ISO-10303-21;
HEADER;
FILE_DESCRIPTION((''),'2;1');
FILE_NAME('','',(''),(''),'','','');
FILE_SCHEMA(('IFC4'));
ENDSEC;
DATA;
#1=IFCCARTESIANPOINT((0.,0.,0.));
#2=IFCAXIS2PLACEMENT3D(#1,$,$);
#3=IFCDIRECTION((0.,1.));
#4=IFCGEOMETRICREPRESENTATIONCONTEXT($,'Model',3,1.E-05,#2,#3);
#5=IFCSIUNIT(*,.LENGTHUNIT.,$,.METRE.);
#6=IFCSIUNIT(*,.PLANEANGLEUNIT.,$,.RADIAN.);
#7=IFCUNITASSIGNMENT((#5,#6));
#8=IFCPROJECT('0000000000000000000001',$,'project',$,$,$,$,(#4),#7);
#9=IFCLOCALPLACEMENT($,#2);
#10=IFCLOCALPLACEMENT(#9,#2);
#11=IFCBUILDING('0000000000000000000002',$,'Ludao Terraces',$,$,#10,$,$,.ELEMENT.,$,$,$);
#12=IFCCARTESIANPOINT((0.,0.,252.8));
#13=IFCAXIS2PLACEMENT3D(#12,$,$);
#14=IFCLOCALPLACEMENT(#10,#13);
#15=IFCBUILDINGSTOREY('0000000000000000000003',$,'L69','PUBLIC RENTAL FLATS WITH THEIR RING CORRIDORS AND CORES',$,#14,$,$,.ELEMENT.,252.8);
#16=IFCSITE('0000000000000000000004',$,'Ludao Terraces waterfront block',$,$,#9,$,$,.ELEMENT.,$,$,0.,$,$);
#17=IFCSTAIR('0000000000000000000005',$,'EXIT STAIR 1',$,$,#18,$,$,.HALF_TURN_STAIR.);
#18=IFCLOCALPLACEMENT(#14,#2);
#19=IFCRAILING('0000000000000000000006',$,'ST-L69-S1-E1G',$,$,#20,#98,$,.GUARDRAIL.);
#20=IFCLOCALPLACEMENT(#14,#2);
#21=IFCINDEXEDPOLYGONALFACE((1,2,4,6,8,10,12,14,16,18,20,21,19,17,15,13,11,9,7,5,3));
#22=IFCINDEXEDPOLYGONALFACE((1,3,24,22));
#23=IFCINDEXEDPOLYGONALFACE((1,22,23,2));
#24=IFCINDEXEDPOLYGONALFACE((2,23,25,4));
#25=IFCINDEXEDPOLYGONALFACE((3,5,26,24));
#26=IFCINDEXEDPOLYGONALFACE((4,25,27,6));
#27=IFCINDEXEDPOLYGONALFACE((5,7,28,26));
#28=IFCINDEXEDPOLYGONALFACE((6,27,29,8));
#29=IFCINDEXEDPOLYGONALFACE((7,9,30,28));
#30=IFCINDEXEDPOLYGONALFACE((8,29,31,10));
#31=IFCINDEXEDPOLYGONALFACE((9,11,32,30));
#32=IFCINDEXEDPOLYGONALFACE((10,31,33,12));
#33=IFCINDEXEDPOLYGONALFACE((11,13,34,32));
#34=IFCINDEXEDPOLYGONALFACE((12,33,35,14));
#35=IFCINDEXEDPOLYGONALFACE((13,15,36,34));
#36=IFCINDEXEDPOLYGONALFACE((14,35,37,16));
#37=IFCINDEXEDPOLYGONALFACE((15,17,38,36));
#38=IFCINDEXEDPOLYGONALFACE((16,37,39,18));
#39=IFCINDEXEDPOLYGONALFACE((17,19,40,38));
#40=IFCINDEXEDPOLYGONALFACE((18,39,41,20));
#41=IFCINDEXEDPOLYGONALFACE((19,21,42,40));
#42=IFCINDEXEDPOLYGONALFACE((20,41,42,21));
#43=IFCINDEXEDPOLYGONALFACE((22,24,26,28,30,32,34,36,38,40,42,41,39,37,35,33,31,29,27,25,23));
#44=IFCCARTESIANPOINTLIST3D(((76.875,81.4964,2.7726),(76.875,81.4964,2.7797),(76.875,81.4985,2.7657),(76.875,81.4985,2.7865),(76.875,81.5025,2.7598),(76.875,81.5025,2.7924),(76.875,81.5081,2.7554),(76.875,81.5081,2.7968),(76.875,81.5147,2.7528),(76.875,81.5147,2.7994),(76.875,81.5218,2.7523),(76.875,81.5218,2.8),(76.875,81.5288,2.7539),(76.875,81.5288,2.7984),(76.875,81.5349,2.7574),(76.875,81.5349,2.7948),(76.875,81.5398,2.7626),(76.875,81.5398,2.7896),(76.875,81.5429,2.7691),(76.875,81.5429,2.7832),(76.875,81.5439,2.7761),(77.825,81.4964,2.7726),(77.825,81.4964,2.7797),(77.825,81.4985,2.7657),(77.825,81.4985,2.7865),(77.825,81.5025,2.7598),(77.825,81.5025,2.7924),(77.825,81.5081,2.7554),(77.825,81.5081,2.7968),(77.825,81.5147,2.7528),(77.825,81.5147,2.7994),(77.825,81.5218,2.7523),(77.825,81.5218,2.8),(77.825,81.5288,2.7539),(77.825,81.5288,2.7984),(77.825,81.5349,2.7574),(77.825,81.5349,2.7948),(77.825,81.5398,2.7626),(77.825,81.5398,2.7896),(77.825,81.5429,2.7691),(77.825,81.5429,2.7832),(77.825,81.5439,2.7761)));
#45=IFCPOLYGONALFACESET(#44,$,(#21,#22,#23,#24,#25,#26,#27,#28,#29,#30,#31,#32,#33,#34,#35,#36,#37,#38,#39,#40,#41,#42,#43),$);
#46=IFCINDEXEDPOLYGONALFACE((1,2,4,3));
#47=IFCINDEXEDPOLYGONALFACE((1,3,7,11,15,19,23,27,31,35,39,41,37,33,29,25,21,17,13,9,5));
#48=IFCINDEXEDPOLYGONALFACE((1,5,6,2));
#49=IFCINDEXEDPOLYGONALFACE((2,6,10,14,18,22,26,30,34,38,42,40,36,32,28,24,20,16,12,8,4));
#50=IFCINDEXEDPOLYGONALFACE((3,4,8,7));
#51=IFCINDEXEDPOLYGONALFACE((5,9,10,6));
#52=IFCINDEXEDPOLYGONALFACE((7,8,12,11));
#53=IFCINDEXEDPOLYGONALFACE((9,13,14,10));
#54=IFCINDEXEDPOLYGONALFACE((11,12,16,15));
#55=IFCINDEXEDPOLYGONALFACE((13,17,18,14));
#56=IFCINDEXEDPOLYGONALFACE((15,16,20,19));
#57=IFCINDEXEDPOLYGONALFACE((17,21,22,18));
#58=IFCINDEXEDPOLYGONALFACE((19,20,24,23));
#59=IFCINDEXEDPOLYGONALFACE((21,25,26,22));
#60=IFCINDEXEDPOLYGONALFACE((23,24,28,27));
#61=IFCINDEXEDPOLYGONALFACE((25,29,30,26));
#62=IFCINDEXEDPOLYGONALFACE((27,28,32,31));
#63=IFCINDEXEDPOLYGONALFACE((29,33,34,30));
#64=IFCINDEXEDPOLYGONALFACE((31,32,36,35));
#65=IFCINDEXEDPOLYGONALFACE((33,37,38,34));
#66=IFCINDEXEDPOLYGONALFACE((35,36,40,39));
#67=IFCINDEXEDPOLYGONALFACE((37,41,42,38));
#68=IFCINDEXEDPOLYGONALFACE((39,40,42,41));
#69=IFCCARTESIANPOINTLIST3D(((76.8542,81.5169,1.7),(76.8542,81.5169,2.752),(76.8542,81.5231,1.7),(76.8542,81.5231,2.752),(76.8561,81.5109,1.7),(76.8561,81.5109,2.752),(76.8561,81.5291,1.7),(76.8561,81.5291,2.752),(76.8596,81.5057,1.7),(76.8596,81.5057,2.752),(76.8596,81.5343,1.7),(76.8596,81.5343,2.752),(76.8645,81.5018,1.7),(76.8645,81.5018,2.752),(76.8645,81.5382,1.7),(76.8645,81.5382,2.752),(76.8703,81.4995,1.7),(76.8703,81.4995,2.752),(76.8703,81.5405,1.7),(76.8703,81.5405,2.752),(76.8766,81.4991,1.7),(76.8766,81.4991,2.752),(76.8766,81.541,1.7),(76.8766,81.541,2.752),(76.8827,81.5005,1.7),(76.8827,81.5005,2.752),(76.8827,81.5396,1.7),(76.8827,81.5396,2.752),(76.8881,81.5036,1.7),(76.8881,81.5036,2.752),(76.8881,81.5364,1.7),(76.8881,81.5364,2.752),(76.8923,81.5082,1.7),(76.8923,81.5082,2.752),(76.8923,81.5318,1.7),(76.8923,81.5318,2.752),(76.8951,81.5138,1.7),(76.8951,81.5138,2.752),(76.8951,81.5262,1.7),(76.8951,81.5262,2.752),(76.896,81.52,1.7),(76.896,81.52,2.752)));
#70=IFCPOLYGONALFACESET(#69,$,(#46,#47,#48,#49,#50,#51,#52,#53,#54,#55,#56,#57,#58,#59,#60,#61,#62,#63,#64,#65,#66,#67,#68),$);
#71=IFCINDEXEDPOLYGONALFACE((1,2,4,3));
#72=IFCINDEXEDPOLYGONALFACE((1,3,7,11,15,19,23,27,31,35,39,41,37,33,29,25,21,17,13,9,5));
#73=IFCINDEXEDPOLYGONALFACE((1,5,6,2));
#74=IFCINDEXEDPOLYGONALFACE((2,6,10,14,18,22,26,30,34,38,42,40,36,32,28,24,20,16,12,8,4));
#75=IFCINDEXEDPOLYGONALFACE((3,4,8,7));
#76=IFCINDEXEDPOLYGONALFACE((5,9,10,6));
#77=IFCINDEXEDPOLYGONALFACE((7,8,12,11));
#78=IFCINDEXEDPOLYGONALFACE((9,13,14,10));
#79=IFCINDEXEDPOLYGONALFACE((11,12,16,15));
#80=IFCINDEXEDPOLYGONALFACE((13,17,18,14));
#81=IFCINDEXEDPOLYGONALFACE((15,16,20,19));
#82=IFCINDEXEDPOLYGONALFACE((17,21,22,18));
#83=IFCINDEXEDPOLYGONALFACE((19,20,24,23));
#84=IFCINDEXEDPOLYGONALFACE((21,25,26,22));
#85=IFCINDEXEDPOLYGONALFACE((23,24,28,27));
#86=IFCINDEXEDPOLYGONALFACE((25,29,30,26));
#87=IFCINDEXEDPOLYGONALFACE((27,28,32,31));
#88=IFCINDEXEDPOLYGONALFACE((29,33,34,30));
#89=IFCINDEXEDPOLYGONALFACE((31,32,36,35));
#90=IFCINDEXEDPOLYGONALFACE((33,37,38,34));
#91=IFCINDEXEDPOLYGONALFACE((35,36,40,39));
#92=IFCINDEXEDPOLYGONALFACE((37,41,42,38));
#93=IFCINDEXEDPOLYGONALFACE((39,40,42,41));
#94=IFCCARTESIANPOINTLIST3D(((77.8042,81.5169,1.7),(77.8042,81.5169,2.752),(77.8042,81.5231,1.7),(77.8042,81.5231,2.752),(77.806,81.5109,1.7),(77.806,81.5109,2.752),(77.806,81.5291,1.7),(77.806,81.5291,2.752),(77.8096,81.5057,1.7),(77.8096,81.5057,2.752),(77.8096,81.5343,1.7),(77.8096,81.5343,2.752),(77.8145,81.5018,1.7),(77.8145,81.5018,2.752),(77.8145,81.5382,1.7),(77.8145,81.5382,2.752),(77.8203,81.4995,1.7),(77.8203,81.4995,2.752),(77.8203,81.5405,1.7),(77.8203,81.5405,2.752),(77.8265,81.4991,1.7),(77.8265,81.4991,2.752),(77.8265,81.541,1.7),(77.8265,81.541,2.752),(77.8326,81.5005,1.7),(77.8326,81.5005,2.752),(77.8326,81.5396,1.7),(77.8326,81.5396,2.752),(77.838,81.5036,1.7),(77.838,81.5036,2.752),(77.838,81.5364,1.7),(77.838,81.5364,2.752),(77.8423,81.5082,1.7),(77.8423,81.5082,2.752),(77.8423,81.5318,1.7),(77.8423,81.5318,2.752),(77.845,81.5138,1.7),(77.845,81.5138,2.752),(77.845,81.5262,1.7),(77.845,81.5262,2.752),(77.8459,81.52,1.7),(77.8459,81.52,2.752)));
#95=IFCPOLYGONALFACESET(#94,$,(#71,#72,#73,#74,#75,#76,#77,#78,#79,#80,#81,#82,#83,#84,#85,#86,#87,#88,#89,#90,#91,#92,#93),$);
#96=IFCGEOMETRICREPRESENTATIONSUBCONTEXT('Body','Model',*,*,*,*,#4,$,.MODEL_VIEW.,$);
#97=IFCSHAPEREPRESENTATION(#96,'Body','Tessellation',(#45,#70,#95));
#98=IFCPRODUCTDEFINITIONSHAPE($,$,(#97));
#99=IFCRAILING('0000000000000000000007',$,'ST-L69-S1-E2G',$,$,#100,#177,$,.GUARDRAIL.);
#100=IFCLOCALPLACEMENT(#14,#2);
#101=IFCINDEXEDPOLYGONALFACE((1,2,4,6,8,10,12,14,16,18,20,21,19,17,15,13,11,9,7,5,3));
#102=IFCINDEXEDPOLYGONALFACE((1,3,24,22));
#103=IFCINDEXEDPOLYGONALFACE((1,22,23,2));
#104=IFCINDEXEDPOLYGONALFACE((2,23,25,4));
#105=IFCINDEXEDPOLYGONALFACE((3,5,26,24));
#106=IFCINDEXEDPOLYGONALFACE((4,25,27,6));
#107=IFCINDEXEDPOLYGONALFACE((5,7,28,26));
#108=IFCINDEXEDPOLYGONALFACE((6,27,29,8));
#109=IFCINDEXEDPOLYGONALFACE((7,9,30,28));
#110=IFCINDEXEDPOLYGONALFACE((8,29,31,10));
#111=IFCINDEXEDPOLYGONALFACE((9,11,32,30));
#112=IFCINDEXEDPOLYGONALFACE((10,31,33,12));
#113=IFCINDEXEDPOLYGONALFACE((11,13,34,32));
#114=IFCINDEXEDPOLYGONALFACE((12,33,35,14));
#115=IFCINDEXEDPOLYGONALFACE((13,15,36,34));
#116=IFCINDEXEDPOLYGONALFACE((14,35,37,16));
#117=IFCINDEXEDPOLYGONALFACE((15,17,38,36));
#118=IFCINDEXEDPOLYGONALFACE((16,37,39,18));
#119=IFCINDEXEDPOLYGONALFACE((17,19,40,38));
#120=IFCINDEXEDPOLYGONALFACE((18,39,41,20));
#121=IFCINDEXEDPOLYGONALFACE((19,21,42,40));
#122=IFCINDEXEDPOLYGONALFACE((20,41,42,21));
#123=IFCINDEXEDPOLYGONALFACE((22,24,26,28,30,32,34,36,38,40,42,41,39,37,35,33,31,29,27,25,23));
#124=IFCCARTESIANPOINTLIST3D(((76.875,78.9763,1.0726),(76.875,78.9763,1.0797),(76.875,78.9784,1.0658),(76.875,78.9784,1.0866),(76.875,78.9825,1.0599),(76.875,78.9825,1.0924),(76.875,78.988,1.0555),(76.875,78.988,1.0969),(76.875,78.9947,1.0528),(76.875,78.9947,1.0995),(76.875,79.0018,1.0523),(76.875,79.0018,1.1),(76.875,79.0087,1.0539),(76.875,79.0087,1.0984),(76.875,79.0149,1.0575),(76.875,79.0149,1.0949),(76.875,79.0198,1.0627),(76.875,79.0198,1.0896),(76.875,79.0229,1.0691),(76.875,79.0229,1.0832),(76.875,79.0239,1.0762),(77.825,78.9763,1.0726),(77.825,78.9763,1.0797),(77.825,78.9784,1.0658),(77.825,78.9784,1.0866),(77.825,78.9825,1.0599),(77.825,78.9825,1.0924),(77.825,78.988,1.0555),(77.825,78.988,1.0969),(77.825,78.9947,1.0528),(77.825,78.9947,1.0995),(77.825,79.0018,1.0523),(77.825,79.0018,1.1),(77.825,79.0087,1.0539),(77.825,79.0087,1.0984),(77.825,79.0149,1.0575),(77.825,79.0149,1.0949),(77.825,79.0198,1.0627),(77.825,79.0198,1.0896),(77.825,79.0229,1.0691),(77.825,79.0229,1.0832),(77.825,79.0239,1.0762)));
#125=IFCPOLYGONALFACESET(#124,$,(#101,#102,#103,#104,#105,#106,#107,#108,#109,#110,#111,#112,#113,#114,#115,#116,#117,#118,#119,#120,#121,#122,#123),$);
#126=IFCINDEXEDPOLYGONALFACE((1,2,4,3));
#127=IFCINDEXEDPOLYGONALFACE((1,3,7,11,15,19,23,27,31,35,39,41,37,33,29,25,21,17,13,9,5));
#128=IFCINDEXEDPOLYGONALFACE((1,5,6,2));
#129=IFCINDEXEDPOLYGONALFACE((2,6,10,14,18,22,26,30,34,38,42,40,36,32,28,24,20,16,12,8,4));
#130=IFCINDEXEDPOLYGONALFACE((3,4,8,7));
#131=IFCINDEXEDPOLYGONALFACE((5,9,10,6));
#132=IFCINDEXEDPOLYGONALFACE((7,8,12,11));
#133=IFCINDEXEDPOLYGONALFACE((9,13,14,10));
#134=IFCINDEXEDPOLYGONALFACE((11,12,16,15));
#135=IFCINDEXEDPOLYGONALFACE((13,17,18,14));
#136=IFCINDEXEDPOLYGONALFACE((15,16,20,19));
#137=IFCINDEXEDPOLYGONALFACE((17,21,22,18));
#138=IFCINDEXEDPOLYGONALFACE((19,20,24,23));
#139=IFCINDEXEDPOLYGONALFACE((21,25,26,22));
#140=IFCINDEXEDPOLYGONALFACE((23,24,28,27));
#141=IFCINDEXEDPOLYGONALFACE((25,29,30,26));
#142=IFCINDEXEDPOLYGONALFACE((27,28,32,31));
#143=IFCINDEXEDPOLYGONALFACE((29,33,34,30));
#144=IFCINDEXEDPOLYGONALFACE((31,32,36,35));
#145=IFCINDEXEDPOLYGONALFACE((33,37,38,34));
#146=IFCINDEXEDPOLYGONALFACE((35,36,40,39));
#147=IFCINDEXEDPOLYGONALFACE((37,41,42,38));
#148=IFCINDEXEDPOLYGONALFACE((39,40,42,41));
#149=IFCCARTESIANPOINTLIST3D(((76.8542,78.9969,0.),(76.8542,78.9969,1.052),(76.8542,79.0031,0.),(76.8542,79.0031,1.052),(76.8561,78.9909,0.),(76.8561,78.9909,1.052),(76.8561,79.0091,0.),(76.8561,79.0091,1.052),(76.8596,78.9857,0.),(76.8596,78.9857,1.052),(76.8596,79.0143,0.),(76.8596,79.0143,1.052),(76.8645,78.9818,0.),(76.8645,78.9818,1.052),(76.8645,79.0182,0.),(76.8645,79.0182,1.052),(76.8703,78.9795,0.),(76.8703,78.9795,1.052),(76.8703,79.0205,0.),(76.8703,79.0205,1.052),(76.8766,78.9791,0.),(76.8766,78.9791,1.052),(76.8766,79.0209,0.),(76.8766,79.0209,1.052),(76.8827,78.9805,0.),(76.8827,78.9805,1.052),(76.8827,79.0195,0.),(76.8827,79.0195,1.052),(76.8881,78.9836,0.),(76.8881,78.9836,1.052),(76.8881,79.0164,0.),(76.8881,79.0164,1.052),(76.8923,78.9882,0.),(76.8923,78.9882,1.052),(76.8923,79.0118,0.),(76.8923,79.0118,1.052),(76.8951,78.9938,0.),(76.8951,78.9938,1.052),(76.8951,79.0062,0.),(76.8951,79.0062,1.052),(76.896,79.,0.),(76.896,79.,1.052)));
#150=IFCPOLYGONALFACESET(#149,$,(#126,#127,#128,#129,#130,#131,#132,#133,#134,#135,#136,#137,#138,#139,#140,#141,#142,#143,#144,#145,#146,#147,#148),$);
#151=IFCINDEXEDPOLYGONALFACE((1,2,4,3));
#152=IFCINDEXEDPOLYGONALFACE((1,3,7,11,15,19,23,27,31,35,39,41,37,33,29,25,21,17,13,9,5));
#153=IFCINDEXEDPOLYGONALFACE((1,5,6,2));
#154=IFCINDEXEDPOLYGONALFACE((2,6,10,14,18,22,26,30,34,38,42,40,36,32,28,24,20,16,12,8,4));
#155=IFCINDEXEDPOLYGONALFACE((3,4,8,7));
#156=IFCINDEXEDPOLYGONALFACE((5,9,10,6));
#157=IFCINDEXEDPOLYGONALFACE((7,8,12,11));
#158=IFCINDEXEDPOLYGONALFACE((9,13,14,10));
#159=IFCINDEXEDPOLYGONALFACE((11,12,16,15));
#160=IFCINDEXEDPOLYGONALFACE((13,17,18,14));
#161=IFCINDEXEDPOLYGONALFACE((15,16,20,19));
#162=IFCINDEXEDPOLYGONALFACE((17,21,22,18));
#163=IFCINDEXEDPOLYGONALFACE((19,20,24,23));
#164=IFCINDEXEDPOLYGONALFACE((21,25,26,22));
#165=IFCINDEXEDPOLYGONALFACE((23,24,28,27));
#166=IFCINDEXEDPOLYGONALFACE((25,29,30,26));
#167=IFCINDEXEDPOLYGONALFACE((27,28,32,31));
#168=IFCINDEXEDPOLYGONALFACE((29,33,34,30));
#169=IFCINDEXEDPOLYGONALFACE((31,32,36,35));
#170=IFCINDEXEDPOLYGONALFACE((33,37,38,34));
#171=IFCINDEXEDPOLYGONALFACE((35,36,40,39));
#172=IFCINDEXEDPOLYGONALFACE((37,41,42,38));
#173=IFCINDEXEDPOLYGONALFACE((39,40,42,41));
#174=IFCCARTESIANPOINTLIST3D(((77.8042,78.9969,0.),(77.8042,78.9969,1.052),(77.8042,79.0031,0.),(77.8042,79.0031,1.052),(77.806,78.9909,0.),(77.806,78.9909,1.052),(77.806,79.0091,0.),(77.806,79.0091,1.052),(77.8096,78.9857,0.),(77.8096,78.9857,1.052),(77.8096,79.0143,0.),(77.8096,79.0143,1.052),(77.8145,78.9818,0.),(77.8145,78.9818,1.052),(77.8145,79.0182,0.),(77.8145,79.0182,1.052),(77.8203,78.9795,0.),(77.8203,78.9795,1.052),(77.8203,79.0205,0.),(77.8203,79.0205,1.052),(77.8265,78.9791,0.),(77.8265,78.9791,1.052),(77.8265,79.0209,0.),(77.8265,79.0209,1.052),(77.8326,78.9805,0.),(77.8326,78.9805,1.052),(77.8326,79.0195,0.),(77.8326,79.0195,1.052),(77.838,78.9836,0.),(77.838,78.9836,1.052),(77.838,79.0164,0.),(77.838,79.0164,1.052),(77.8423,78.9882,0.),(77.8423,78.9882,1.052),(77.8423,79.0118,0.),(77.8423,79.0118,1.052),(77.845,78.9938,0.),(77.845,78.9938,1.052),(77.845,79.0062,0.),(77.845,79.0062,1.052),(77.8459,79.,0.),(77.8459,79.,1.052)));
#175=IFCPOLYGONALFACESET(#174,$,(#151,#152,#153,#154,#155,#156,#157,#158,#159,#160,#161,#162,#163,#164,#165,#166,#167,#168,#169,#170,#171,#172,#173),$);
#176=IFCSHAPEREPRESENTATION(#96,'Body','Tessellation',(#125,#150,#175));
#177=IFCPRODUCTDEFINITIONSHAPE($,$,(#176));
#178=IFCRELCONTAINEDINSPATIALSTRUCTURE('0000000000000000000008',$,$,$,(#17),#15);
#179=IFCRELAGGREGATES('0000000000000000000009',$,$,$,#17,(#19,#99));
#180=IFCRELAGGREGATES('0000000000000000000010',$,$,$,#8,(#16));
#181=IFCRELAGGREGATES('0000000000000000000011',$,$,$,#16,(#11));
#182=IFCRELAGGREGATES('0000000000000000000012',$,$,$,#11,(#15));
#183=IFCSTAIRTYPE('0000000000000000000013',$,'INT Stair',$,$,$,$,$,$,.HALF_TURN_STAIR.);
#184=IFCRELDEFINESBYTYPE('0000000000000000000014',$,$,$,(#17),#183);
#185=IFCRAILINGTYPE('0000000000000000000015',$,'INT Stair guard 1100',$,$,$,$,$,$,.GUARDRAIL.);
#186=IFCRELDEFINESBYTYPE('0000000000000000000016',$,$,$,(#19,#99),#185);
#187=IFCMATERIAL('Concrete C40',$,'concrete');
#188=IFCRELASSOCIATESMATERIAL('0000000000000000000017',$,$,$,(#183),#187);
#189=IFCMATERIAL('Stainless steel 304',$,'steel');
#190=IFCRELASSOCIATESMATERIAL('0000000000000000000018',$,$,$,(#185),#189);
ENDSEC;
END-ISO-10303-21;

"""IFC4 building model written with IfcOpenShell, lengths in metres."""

from ifc_helpers import new_model, si_unit, direction, frame, origin, origin_2d, place, context, subcontext, project, spatial, circle, extrude, material, type_object, element, aggregate, save


model = new_model("IFC4")

# Units and contexts
model_context = context("Model", 3, precision=1e-05, world=origin(), true_north=direction((0.0, 1.0)))
body_context = subcontext(model_context, "Body", "Model", "MODEL_VIEW")
ifc_project = project(units=[si_unit("LENGTHUNIT", "METRE"), si_unit("PLANEANGLEUNIT", "RADIAN")], contexts=[model_context])

# Site, building, storey
site_placement = place(None, origin())
site = spatial("IfcSite", under=ifc_project, at=site_placement, Name="Ludao Terraces waterfront block", CompositionType="ELEMENT", RefElevation=0.0)
building_placement = place(site_placement, origin())
building = spatial("IfcBuilding", under=site, at=building_placement, Name="Ludao Terraces", CompositionType="ELEMENT")
storey_placement = place(building_placement, frame((0.0, 0.0, 252.8)))
storey = spatial("IfcBuildingStorey", under=building, at=storey_placement, Name="L69", Description="PUBLIC RENTAL FLATS WITH THEIR RING CORRIDORS AND CORES", CompositionType="ELEMENT", Elevation=252.8)

# Stair, railings
ifc_material_1 = material(Name="Concrete C40", Category="concrete")
stair_type = type_object("IfcStairType", Name="INT Stair", PredefinedType="HALF_TURN_STAIR", material=ifc_material_1)
stair_placement = place(storey_placement, origin())
stair = element("IfcStair", 1, at=stair_placement, inside=storey, type_object=stair_type, Name="EXIT STAIR 1", PredefinedType="HALF_TURN_STAIR")
ifc_material_2 = material(Name="Stainless steel 304", Category="steel")
railing_type_1 = type_object("IfcRailingType", Name="INT Stair guard 1100", PredefinedType="GUARDRAIL", material=ifc_material_2)
railing_1_placement = place(storey_placement, frame((76.875, 81.52, 1.7)))
railing_1 = element("IfcRailing", 2, at=railing_1_placement, type_object=railing_type_1, Name="ST-L69-S1-E1G", PredefinedType="GUARDRAIL", context=body_context, shape_type="SweptSolid", body=[
    extrude(circle(Radius=0.0239, at=origin_2d()), frame((0.0, 0.0, 1.0762), z_axis=(1.0, 0.0, 0.0), x_axis=(0.0, 1.0, 0.0)), (0.0, 0.0, 1.0), 0.95),
    extrude(circle(Radius=0.021, at=origin_2d()), origin(), (0.0, 0.0, 1.0), 1.052),
    extrude(circle(Radius=0.021, at=origin_2d()), frame((0.95, 0.0, 0.0)), (0.0, 0.0, 1.0), 1.052),
])
railing_2_placement = place(storey_placement, frame((76.875, 79.0, 0.0)))
railing_2 = element("IfcRailing", 3, at=railing_2_placement, type_object=railing_type_1, Name="ST-L69-S1-E2G", PredefinedType="GUARDRAIL", context=body_context, shape_type="SweptSolid", body=[
    extrude(circle(Radius=0.0239, at=origin_2d()), frame((0.0, 0.0, 1.0762), z_axis=(1.0, 0.0, 0.0), x_axis=(0.0, 1.0, 0.0)), (0.0, 0.0, 1.0), 0.95),
    extrude(circle(Radius=0.021, at=origin_2d()), origin(), (0.0, 0.0, 1.0), 1.052),
    extrude(circle(Radius=0.021, at=origin_2d()), frame((0.95, 0.0, 0.0)), (0.0, 0.0, 1.0), 1.052),
])
aggregate(stair, [railing_1, railing_2])

save(model, "model.ifc")
